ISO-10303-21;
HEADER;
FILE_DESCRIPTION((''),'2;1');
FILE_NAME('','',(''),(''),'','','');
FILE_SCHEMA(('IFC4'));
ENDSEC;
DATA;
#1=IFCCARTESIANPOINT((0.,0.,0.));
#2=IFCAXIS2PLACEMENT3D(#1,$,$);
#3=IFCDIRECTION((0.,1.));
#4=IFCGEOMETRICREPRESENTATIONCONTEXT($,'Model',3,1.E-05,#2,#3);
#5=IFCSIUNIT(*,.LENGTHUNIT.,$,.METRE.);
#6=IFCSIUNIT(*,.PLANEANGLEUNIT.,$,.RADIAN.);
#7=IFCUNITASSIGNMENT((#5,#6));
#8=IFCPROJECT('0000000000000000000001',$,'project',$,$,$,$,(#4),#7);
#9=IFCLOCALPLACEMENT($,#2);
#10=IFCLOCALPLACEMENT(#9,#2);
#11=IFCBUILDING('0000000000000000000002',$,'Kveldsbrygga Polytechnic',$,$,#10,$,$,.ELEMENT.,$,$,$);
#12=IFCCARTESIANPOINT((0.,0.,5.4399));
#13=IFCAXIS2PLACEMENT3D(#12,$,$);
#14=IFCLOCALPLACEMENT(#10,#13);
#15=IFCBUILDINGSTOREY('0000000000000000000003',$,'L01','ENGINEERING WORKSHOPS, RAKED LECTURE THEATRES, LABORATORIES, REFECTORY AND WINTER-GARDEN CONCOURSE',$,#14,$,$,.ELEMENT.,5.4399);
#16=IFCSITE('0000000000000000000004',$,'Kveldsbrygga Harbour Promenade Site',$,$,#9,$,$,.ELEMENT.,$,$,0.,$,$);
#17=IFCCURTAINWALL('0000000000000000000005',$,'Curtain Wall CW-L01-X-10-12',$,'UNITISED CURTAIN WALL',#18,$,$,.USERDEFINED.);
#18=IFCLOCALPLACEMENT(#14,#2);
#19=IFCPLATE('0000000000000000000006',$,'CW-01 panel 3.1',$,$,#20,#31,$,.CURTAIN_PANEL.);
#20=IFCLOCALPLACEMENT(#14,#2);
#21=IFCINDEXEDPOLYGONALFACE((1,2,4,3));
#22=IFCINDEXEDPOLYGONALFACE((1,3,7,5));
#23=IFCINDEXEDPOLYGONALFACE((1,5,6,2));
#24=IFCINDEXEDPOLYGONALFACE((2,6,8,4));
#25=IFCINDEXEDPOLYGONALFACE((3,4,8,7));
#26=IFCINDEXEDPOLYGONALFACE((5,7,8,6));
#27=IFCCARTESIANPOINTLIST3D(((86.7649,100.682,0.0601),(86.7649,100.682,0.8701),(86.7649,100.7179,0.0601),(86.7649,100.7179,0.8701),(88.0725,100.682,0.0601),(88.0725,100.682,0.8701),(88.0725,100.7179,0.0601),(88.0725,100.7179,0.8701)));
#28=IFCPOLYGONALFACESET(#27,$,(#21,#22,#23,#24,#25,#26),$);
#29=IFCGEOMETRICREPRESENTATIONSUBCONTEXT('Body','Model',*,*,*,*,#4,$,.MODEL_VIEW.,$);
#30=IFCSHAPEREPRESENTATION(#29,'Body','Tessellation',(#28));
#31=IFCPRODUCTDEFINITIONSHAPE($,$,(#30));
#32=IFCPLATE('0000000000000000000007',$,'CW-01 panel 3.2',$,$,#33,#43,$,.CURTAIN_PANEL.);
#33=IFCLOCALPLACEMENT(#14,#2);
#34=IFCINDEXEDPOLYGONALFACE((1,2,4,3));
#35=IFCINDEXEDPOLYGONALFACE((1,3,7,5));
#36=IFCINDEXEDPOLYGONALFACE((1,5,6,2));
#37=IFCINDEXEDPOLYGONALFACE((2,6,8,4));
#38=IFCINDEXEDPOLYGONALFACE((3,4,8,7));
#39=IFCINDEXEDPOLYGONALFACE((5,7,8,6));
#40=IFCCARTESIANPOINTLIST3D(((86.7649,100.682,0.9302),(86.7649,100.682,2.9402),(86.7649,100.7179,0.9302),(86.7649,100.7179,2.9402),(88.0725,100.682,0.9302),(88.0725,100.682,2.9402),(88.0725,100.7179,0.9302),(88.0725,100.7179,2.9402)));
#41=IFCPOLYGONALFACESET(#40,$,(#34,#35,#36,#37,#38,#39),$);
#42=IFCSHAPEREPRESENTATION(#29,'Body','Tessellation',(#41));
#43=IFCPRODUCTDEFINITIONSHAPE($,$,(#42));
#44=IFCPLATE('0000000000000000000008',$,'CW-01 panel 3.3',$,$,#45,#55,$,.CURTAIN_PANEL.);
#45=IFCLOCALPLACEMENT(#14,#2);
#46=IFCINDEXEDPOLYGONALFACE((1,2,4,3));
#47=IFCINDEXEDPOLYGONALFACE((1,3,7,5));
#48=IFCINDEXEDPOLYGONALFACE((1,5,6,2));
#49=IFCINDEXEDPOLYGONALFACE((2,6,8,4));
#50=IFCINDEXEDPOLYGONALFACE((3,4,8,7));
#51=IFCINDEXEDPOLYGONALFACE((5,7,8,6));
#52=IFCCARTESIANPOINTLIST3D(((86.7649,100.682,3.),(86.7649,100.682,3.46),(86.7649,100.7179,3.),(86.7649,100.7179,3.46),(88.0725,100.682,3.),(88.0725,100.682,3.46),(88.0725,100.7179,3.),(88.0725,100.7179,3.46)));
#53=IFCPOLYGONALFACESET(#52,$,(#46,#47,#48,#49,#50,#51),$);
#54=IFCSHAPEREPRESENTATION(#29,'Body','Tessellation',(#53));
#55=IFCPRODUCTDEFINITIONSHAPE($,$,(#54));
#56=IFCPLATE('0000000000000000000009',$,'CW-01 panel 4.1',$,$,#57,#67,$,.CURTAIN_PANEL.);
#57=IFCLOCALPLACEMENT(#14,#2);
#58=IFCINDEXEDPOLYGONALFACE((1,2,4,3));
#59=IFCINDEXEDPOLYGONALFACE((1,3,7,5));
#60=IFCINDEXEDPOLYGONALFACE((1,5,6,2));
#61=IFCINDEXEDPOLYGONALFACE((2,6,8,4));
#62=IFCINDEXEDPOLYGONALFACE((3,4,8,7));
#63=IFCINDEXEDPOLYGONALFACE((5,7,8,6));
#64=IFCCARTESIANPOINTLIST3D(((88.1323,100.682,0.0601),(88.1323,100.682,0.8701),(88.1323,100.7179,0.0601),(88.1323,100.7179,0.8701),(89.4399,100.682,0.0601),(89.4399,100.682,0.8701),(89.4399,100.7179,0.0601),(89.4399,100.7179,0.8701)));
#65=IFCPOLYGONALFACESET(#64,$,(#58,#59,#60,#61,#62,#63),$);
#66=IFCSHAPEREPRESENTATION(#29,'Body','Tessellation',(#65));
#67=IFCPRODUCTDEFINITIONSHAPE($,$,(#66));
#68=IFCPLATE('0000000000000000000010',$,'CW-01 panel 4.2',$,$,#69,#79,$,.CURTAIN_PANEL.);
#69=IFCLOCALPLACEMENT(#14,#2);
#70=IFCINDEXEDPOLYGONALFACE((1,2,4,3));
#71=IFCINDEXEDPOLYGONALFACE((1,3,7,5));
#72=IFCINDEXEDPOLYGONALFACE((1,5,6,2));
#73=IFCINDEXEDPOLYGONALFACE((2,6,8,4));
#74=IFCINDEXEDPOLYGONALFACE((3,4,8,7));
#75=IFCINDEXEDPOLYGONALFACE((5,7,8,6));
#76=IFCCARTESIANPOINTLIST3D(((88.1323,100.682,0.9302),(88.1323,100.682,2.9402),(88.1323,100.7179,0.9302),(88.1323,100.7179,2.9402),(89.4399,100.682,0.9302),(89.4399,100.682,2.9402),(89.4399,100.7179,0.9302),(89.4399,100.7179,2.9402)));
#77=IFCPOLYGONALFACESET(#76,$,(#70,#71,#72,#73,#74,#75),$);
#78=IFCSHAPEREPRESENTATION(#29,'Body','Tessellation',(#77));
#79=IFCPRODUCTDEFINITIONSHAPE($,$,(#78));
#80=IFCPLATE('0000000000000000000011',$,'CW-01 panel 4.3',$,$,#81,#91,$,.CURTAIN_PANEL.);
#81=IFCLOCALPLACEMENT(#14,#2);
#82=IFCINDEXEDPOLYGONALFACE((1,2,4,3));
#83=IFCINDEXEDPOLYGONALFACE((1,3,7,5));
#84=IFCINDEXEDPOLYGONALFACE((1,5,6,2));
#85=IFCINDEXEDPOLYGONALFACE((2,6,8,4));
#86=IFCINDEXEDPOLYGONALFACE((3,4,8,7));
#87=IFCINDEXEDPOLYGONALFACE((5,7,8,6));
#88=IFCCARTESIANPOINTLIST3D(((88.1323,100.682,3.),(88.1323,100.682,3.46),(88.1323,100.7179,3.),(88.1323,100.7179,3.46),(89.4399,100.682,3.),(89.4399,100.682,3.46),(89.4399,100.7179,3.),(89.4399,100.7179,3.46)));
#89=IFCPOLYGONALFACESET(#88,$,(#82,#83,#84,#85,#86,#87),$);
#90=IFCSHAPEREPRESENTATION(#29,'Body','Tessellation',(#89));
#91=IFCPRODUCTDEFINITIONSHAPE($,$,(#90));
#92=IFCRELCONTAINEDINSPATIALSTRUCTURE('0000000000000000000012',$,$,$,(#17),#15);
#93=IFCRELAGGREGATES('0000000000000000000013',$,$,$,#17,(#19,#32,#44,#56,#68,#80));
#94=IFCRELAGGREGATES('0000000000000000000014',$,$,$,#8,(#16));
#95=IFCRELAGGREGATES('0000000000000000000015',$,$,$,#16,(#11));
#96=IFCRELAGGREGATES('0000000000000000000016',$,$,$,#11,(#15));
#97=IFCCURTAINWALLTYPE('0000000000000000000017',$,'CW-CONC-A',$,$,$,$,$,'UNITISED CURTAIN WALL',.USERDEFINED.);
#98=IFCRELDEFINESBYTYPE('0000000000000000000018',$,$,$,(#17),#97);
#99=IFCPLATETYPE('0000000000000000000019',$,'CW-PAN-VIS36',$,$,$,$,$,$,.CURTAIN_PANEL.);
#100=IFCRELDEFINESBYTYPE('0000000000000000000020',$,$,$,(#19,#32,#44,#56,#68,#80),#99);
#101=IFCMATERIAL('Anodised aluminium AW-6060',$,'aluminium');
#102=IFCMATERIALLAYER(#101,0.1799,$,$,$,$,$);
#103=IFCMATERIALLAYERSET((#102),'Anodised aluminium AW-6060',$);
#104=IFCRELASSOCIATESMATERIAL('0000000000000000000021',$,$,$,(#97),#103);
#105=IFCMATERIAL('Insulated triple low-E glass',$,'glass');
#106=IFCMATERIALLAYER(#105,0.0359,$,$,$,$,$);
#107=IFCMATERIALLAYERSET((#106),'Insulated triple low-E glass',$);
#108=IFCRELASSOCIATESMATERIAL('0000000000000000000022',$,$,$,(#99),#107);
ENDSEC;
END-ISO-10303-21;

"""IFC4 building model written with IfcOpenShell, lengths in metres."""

from ifc_helpers import new_model, si_unit, direction, frame, origin, origin_2d, place, context, subcontext, project, spatial, rectangle, extrude, material, layer, layer_set, type_object, element, aggregate, save


model = new_model("IFC4")

# Units and contexts
model_context = context("Model", 3, precision=1e-05, world=origin(), true_north=direction((0.0, 1.0)))
body_context = subcontext(model_context, "Body", "Model", "MODEL_VIEW")
ifc_project = project(units=[si_unit("LENGTHUNIT", "METRE"), si_unit("PLANEANGLEUNIT", "RADIAN")], contexts=[model_context])

# Site, building, storey
site_placement = place(None, origin())
site = spatial("IfcSite", under=ifc_project, at=site_placement, Name="Kveldsbrygga Harbour Promenade Site", CompositionType="ELEMENT", RefElevation=0.0)
building_placement = place(site_placement, origin())
building = spatial("IfcBuilding", under=site, at=building_placement, Name="Kveldsbrygga Polytechnic", CompositionType="ELEMENT")
storey_placement = place(building_placement, frame((0.0, 0.0, 5.4399)))
storey = spatial("IfcBuildingStorey", under=building, at=storey_placement, Name="L01", Description="ENGINEERING WORKSHOPS, RAKED LECTURE THEATRES, LABORATORIES, REFECTORY AND WINTER-GARDEN CONCOURSE", CompositionType="ELEMENT", Elevation=5.4399)

# Curtain wall, plates
ifc_material_1 = material(Name="Anodised aluminium AW-6060", Category="aluminium")
ifc_layer_1 = layer(ifc_material_1, 0.1799)
ifc_layer_set_1 = layer_set([ifc_layer_1], Name="Anodised aluminium AW-6060")
curtain_wall_type = type_object("IfcCurtainWallType", Name="CW-CONC-A", ElementType="UNITISED CURTAIN WALL", PredefinedType="USERDEFINED", material=ifc_layer_set_1)
curtain_wall_placement = place(storey_placement, origin())
curtain_wall = element("IfcCurtainWall", 1, at=curtain_wall_placement, inside=storey, type_object=curtain_wall_type, Name="Curtain Wall CW-L01-X-10-12", ObjectType="UNITISED CURTAIN WALL", PredefinedType="USERDEFINED")
ifc_material_2 = material(Name="Insulated triple low-E glass", Category="glass")
ifc_layer_2 = layer(ifc_material_2, 0.0359)
ifc_layer_set_2 = layer_set([ifc_layer_2], Name="Insulated triple low-E glass")
plate_type = type_object("IfcPlateType", Name="CW-PAN-VIS36", PredefinedType="CURTAIN_PANEL", material=ifc_layer_set_2)
plate_1_placement = place(storey_placement, frame((87.4187, 100.7, 0.0601), z_axis=(0.0, 0.0, 1.0), x_axis=(1.0, 0.0, 0.0)))
plate_1 = element("IfcPlate", 2, at=plate_1_placement, type_object=plate_type, Name="CW-01 panel 3.1", PredefinedType="CURTAIN_PANEL", context=body_context, shape_type="SweptSolid", body=[
    extrude(rectangle(XDim=1.3076, YDim=0.0359, at=origin_2d()), origin(), (0.0, 0.0, 1.0), 0.8101),
])
plate_2_placement = place(storey_placement, frame((87.4187, 100.7, 0.9302), z_axis=(0.0, 0.0, 1.0), x_axis=(1.0, 0.0, 0.0)))
plate_2 = element("IfcPlate", 3, at=plate_2_placement, type_object=plate_type, Name="CW-01 panel 3.2", PredefinedType="CURTAIN_PANEL", context=body_context, shape_type="SweptSolid", body=[
    extrude(rectangle(XDim=1.3076, YDim=0.0359, at=origin_2d()), origin(), (0.0, 0.0, 1.0), 2.01),
])
plate_3_placement = place(storey_placement, frame((87.4187, 100.7, 3.0), z_axis=(0.0, 0.0, 1.0), x_axis=(1.0, 0.0, 0.0)))
plate_3 = element("IfcPlate", 4, at=plate_3_placement, type_object=plate_type, Name="CW-01 panel 3.3", PredefinedType="CURTAIN_PANEL", context=body_context, shape_type="SweptSolid", body=[
    extrude(rectangle(XDim=1.3076, YDim=0.0359, at=origin_2d()), origin(), (0.0, 0.0, 1.0), 0.46),
])
plate_4_placement = place(storey_placement, frame((88.7861, 100.7, 0.0601), z_axis=(0.0, 0.0, 1.0), x_axis=(1.0, 0.0, 0.0)))
plate_4 = element("IfcPlate", 5, at=plate_4_placement, type_object=plate_type, Name="CW-01 panel 4.1", PredefinedType="CURTAIN_PANEL", context=body_context, shape_type="SweptSolid", body=[
    extrude(rectangle(XDim=1.3076, YDim=0.0359, at=origin_2d()), origin(), (0.0, 0.0, 1.0), 0.8101),
])
plate_5_placement = place(storey_placement, frame((88.7861, 100.7, 0.9302), z_axis=(0.0, 0.0, 1.0), x_axis=(1.0, 0.0, 0.0)))
plate_5 = element("IfcPlate", 6, at=plate_5_placement, type_object=plate_type, Name="CW-01 panel 4.2", PredefinedType="CURTAIN_PANEL", context=body_context, shape_type="SweptSolid", body=[
    extrude(rectangle(XDim=1.3076, YDim=0.0359, at=origin_2d()), origin(), (0.0, 0.0, 1.0), 2.01),
])
plate_6_placement = place(storey_placement, frame((88.7861, 100.7, 3.0), z_axis=(0.0, 0.0, 1.0), x_axis=(1.0, 0.0, 0.0)))
plate_6 = element("IfcPlate", 7, at=plate_6_placement, type_object=plate_type, Name="CW-01 panel 4.3", PredefinedType="CURTAIN_PANEL", context=body_context, shape_type="SweptSolid", body=[
    extrude(rectangle(XDim=1.3076, YDim=0.0359, at=origin_2d()), origin(), (0.0, 0.0, 1.0), 0.46),
])
aggregate(curtain_wall, [plate_1, plate_2, plate_3, plate_4, plate_5, plate_6])

save(model, "model.ifc")
